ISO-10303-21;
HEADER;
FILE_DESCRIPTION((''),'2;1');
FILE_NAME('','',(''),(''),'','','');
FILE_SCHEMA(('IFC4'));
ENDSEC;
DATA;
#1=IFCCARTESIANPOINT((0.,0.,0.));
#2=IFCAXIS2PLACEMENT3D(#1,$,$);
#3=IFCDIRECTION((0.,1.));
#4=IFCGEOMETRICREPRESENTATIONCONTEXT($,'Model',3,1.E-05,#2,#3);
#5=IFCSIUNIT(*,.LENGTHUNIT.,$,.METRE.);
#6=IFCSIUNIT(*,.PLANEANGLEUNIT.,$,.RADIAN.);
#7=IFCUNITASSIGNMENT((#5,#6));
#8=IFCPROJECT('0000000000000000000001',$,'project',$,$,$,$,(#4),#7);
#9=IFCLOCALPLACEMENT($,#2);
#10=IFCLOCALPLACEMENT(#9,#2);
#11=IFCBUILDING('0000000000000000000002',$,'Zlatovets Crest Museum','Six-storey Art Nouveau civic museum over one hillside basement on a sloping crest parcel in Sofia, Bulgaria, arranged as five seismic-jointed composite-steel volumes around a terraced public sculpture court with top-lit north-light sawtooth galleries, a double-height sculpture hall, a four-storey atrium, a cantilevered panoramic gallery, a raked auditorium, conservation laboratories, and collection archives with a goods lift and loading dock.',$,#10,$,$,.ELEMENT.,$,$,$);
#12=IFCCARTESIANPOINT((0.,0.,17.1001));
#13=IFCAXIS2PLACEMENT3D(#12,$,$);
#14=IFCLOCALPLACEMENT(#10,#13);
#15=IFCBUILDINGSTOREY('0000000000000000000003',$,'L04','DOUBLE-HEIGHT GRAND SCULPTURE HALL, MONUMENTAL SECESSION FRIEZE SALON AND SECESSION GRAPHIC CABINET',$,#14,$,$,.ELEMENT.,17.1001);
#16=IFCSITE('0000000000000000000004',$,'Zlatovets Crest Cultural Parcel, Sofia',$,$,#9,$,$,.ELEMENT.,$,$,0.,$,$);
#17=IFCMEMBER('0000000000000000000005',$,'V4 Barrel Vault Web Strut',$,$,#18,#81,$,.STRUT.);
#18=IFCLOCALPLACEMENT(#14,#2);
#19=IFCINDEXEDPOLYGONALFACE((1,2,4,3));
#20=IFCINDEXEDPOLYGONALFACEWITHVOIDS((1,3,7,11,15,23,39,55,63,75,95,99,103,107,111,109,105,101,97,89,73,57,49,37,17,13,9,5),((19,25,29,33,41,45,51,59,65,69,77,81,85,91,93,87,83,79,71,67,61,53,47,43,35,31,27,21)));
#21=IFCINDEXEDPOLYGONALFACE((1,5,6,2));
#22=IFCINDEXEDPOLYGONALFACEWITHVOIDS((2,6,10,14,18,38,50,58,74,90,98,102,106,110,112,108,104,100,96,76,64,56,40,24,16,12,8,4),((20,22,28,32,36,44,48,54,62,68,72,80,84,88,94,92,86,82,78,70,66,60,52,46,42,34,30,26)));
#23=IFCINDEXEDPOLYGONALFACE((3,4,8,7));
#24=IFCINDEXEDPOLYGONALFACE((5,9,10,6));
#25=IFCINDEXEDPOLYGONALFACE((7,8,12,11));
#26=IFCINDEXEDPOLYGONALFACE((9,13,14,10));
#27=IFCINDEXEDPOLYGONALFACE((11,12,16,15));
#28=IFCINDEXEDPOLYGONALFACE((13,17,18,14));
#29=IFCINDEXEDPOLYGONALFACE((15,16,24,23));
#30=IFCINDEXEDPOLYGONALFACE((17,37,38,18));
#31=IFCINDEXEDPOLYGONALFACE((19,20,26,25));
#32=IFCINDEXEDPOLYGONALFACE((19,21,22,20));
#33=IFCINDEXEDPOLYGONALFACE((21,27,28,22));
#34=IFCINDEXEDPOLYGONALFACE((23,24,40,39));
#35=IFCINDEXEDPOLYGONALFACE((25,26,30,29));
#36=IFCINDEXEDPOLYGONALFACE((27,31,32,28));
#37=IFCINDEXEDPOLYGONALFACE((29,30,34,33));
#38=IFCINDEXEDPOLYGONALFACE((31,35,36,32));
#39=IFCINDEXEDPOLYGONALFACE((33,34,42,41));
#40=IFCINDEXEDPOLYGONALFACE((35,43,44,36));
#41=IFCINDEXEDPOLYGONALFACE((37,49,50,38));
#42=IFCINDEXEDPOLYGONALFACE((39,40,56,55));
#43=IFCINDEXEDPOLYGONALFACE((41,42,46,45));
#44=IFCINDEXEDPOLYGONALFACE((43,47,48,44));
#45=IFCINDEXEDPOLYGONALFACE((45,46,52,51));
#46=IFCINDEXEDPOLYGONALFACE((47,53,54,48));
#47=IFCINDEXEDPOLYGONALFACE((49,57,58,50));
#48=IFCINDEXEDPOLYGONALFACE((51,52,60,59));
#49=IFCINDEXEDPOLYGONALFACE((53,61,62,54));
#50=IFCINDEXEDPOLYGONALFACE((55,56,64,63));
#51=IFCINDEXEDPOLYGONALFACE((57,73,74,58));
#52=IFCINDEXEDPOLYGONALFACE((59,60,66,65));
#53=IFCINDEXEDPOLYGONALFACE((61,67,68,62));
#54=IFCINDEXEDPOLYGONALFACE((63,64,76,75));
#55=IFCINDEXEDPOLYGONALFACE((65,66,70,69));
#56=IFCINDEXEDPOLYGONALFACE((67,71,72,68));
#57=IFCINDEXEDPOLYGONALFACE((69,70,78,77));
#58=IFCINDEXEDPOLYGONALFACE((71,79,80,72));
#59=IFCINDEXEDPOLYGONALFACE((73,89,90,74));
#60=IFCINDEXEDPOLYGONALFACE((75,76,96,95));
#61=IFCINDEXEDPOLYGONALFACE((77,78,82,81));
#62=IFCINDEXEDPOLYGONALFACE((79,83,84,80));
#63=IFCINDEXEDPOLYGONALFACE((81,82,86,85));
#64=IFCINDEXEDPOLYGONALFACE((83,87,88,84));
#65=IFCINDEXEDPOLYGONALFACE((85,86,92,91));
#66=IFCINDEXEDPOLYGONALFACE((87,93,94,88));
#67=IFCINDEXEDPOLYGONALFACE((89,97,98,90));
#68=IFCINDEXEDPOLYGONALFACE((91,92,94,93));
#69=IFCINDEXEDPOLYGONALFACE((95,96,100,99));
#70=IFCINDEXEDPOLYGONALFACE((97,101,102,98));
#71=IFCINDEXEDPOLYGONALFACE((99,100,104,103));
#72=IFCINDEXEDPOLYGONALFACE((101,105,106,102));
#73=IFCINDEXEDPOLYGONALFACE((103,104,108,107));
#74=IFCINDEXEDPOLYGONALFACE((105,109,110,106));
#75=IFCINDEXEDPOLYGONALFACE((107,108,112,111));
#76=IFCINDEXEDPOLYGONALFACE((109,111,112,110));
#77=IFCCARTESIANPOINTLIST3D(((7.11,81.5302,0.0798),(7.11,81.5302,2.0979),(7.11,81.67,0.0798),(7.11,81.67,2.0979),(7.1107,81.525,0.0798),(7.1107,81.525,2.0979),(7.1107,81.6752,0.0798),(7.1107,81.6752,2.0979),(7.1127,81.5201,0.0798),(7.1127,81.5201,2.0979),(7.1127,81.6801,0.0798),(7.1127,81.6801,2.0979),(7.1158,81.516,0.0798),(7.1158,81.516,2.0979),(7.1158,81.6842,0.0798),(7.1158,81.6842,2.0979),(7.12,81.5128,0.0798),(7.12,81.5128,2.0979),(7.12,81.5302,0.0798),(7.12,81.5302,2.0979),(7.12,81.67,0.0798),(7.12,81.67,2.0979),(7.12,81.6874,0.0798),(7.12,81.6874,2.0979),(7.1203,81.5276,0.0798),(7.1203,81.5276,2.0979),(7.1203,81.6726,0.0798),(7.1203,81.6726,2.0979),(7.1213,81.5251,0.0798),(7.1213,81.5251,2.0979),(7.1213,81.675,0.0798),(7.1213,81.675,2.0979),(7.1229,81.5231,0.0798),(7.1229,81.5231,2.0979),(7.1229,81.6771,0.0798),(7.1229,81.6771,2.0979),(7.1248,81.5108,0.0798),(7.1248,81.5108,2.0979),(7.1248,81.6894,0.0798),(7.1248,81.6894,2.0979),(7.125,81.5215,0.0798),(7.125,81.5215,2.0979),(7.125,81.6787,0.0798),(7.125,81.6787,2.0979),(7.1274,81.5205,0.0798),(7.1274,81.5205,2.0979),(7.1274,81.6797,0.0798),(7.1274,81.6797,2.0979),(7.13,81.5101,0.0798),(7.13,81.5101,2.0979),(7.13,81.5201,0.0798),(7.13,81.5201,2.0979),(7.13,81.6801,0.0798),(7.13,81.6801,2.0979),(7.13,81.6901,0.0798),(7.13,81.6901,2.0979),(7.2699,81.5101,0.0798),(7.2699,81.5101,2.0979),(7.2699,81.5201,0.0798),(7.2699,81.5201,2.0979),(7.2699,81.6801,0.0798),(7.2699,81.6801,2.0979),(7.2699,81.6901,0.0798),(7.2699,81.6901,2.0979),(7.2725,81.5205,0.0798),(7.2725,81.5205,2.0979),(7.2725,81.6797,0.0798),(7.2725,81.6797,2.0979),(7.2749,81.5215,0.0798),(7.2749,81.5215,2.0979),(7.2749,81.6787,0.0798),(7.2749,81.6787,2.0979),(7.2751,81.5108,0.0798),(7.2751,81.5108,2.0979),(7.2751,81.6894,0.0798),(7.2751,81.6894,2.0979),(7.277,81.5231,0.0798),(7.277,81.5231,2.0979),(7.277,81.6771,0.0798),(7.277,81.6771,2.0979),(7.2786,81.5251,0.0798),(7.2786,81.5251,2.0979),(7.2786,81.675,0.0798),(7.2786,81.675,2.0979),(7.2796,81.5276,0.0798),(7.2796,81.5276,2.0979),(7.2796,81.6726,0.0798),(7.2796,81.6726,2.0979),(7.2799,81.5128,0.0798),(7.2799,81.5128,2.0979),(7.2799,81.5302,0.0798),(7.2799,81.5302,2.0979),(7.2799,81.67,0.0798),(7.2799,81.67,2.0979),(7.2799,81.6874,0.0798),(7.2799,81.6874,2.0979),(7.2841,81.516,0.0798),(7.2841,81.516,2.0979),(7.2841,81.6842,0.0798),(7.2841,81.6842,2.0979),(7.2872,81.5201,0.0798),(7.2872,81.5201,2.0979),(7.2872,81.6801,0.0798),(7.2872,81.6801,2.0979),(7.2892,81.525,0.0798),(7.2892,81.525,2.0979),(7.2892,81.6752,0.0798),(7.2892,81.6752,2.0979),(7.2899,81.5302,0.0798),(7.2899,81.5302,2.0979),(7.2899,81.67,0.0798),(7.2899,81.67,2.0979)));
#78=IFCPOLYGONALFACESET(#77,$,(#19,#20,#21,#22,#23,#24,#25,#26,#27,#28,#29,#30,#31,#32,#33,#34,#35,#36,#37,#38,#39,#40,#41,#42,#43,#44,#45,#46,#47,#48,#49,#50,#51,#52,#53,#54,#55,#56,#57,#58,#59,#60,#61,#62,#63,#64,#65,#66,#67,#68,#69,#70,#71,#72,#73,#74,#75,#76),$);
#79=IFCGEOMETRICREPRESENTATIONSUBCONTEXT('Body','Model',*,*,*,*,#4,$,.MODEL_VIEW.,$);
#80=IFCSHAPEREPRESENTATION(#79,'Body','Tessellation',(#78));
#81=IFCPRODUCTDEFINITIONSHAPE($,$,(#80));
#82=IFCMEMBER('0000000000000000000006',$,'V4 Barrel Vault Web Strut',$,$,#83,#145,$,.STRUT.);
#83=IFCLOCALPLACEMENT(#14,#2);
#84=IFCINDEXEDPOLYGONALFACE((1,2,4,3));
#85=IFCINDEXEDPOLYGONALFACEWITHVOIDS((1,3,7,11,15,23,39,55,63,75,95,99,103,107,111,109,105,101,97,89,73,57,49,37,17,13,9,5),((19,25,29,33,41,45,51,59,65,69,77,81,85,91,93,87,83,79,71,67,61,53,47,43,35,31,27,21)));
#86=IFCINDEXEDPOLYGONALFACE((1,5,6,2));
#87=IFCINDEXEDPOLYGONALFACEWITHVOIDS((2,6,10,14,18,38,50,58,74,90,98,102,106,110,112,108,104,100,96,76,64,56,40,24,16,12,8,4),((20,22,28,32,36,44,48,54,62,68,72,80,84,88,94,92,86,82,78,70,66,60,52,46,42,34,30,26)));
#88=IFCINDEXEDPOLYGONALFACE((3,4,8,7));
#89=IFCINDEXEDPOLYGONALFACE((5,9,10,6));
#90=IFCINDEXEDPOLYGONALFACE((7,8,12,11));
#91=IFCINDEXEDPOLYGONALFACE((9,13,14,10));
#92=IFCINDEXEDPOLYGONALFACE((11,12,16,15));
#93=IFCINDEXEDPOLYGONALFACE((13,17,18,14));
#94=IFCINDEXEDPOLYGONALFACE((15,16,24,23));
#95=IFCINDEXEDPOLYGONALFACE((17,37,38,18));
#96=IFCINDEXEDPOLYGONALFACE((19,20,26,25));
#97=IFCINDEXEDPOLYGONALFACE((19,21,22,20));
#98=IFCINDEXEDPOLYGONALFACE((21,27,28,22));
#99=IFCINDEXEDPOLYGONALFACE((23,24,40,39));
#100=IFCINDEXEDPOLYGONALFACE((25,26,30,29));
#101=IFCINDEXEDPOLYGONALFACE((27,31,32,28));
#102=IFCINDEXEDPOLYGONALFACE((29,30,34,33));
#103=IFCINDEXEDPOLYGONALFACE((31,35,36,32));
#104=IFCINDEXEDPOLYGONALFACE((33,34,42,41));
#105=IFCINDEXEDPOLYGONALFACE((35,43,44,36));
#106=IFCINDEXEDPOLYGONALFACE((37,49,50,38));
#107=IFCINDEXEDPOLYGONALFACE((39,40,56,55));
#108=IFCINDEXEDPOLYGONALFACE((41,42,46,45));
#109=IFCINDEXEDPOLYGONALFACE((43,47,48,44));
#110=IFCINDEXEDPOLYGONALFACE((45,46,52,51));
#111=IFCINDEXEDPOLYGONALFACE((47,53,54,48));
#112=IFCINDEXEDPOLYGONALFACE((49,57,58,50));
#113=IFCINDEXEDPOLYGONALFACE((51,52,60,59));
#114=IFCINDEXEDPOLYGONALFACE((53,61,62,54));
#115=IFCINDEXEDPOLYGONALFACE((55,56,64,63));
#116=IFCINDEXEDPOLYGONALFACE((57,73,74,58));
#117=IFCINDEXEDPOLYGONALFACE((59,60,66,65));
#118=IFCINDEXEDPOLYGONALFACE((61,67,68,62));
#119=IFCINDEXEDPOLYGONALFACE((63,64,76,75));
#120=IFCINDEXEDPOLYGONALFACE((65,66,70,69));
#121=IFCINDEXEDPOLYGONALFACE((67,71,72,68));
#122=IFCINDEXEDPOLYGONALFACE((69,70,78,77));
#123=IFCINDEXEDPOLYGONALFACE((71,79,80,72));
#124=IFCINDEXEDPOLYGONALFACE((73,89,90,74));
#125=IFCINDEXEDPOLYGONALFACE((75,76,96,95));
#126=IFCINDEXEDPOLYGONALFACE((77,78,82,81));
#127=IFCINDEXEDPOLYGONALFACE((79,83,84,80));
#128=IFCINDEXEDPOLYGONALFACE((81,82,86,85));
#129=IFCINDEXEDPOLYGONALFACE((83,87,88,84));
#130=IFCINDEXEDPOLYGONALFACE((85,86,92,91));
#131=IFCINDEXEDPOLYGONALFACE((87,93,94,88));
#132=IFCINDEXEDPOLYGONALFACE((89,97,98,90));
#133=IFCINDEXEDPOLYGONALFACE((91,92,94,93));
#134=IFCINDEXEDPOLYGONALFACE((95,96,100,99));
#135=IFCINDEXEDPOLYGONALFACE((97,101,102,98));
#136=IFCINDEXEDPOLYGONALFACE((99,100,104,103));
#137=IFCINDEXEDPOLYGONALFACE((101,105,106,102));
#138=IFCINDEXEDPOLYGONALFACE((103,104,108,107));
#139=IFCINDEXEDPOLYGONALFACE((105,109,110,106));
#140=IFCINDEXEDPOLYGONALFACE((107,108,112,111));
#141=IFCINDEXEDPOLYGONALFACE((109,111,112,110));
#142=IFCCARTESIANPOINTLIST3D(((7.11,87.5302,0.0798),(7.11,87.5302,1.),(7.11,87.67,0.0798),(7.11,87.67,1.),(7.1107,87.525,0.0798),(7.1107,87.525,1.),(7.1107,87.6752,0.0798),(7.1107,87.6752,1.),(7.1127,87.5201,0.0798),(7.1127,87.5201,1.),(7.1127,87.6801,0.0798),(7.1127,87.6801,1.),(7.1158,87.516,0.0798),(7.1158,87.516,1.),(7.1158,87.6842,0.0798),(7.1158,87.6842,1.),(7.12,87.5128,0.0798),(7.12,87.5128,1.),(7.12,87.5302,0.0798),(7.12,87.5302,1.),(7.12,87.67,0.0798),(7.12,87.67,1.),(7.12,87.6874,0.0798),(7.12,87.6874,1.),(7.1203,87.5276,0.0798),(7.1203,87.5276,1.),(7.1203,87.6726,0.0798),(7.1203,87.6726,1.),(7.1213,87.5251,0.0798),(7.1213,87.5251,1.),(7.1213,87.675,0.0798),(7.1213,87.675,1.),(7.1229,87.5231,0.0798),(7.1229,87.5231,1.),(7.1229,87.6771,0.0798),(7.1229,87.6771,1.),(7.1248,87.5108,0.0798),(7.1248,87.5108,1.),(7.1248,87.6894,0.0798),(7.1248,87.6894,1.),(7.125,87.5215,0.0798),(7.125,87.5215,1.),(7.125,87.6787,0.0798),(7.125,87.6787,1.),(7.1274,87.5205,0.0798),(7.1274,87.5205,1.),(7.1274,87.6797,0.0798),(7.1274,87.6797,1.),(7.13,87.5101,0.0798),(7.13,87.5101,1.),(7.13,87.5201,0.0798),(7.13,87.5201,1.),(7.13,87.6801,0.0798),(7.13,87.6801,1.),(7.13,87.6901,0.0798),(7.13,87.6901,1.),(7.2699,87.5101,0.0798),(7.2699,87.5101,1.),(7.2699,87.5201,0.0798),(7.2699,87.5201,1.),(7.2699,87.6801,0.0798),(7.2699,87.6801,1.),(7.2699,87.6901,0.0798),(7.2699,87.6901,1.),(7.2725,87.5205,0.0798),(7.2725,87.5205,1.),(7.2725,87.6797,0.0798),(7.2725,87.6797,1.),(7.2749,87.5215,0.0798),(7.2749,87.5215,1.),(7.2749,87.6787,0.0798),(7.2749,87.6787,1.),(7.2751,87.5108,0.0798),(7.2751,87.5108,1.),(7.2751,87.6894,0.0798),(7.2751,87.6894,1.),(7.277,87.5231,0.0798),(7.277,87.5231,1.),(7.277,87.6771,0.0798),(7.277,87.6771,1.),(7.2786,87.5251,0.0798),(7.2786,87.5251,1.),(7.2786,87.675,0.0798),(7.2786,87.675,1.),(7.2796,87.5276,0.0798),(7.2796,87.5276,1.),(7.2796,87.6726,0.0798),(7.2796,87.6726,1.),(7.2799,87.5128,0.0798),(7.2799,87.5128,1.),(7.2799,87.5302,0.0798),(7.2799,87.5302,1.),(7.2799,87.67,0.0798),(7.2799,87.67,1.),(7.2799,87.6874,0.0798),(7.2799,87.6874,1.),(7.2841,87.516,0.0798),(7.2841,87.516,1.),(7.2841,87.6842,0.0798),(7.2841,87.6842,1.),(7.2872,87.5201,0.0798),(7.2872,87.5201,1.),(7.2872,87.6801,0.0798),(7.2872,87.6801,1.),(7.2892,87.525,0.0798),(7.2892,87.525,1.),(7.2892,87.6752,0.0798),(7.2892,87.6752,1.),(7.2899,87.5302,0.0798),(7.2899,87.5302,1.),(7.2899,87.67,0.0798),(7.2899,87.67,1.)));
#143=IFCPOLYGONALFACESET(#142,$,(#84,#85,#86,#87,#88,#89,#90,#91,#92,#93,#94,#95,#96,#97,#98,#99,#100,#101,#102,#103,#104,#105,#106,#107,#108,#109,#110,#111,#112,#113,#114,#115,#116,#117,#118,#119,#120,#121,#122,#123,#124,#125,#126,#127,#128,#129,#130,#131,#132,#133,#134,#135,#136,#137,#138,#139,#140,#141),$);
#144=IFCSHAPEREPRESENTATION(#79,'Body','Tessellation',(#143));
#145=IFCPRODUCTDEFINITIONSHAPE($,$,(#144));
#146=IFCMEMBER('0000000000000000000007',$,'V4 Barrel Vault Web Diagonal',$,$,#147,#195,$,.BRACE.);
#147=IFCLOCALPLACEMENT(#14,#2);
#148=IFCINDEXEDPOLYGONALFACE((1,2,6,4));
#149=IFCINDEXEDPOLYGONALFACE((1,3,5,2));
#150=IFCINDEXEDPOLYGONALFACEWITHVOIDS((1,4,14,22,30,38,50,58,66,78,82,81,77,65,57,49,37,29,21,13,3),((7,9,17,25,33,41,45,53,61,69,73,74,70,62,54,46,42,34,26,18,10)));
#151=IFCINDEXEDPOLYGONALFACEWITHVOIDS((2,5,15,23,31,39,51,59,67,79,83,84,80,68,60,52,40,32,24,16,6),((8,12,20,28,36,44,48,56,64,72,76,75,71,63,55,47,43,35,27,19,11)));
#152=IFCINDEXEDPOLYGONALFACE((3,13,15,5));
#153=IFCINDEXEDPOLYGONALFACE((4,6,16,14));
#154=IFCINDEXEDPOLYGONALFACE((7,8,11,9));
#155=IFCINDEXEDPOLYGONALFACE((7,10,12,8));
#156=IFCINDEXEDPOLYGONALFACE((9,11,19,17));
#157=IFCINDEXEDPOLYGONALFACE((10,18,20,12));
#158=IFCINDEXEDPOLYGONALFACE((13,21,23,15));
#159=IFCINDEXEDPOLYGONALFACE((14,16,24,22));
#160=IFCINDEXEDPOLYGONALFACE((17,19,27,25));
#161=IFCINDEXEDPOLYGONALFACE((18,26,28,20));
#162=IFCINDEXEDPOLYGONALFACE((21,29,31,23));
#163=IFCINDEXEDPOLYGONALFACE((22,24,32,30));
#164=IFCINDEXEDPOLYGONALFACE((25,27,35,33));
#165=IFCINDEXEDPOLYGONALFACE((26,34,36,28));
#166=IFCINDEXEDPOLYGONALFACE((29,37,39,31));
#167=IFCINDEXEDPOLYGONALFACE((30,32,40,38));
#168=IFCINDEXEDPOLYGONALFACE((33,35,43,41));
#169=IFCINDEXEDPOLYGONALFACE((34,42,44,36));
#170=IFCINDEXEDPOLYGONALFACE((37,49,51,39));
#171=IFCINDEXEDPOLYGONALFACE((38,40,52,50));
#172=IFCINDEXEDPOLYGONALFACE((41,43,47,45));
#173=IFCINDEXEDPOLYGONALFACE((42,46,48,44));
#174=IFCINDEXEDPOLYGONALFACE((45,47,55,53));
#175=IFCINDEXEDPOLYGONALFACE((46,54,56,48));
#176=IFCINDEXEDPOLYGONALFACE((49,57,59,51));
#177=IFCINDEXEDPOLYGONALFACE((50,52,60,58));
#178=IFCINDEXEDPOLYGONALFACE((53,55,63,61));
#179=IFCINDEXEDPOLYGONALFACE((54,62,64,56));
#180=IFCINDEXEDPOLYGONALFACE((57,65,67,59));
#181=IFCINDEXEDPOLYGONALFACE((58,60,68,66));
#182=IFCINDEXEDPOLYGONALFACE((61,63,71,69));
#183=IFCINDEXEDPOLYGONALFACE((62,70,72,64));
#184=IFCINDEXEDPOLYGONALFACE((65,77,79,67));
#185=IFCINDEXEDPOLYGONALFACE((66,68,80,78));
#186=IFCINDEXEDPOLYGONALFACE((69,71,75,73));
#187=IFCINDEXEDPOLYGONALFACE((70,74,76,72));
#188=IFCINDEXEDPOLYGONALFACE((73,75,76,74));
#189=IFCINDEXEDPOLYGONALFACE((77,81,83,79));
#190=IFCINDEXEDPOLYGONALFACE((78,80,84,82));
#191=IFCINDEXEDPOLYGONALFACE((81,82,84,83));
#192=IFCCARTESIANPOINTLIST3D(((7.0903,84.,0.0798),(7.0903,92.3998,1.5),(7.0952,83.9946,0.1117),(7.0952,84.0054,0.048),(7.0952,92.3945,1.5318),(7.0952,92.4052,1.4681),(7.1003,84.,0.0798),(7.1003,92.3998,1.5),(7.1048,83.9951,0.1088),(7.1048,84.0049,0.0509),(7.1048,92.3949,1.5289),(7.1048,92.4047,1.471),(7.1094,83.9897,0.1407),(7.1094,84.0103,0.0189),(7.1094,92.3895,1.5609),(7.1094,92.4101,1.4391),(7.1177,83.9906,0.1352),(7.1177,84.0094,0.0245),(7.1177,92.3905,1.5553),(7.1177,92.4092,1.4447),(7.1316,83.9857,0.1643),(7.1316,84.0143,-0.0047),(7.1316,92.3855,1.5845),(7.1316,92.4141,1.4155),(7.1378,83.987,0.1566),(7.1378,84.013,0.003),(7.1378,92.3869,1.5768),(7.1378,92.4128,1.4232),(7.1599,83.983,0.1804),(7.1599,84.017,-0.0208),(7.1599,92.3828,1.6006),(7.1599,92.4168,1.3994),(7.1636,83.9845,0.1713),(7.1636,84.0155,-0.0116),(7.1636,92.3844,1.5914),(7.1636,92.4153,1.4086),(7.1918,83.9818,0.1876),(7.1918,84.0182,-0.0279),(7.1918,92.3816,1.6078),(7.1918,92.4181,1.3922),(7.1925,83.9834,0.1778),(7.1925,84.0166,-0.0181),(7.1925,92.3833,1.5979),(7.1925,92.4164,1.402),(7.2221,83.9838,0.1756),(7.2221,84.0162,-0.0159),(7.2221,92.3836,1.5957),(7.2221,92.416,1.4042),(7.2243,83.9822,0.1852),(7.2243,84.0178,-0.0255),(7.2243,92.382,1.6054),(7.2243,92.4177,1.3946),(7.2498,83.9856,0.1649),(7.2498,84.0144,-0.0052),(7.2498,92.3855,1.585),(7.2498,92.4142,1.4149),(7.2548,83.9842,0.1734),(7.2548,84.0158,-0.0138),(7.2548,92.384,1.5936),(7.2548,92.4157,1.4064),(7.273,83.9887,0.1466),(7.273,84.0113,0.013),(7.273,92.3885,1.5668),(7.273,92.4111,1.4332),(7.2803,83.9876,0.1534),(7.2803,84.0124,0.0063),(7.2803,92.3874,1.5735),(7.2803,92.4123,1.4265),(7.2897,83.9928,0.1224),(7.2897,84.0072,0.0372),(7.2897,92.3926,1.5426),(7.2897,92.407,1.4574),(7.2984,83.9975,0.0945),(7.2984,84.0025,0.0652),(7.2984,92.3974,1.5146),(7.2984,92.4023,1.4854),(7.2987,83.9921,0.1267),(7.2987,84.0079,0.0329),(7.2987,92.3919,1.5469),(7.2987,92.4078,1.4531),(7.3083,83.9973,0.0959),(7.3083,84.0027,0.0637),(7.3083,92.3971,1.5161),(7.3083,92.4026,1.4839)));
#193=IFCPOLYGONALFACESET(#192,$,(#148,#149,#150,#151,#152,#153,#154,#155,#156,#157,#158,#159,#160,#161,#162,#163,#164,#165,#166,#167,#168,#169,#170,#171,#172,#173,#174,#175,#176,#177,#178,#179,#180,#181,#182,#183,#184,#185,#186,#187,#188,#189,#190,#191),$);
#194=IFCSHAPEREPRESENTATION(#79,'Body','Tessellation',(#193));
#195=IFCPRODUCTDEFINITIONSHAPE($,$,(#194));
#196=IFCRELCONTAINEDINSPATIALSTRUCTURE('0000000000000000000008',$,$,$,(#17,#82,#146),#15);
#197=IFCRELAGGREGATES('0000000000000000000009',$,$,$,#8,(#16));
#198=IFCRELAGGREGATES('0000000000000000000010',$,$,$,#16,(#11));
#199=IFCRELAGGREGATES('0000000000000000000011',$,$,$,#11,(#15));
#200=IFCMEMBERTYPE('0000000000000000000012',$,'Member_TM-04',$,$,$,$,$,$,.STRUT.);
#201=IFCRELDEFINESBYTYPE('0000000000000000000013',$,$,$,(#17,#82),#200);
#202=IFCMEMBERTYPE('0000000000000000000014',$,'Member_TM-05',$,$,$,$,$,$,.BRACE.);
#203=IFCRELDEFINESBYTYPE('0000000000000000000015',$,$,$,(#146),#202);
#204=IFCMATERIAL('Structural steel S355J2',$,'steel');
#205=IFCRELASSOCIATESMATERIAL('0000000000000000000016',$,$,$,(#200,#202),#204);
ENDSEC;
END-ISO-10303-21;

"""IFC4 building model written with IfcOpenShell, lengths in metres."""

from ifc_helpers import new_model, si_unit, direction, frame, origin, origin_2d, place, context, subcontext, project, spatial, hollow_rectangle, hollow_circle, extrude, material, material_profile, profile_set, type_object, element, save


model = new_model("IFC4")

# Units and contexts
model_context = context("Model", 3, precision=1e-05, world=origin(), true_north=direction((0.0, 1.0)))
body_context = subcontext(model_context, "Body", "Model", "MODEL_VIEW")
ifc_project = project(units=[si_unit("LENGTHUNIT", "METRE"), si_unit("PLANEANGLEUNIT", "RADIAN")], contexts=[model_context])

# Site, building, storey
site_placement = place(None, origin())
site = spatial("IfcSite", under=ifc_project, at=site_placement, Name="Zlatovets Crest Cultural Parcel, Sofia", CompositionType="ELEMENT", RefElevation=0.0)
building_placement = place(site_placement, origin())
building = spatial("IfcBuilding", under=site, at=building_placement, Name="Zlatovets Crest Museum", Description="Six-storey Art Nouveau civic museum over one hillside basement on a sloping crest parcel in Sofia, Bulgaria, arranged as five seismic-jointed composite-steel volumes around a terraced public sculpture court with top-lit north-light sawtooth galleries, a double-height sculpture hall, a four-storey atrium, a cantilevered panoramic gallery, a raked auditorium, conservation laboratories, and collection archives with a goods lift and loading dock.", CompositionType="ELEMENT")
storey_placement = place(building_placement, frame((0.0, 0.0, 17.1001)))
storey = spatial("IfcBuildingStorey", under=building, at=storey_placement, Name="L04", Description="DOUBLE-HEIGHT GRAND SCULPTURE HALL, MONUMENTAL SECESSION FRIEZE SALON AND SECESSION GRAPHIC CABINET", CompositionType="ELEMENT", Elevation=17.1001)

# Shared definitions
ifc_material_1 = material(Name="Structural steel S355J2", Category="steel")

# Members
ifc_material_profile_1 = material_profile(ifc_material_1, hollow_rectangle(XDim=0.1799, YDim=0.1799, WallThickness=0.01, InnerFilletRadius=0.01, OuterFilletRadius=0.02, at=origin_2d()), Name="SHS 180x180x10.0")
ifc_profile_set_1 = profile_set([ifc_material_profile_1], Name="Structural steel S355J2")
member_type_1 = type_object("IfcMemberType", Name="Member_TM-04", PredefinedType="STRUT", material=ifc_profile_set_1)
member_1_placement = place(storey_placement, frame((7.2, 81.6001, 0.0798), z_axis=(0.0, 0.0, 1.0), x_axis=(1.0, 0.0, 0.0)))
element("IfcMember", 1, at=member_1_placement, inside=storey, type_object=member_type_1, Name="V4 Barrel Vault Web Strut", PredefinedType="STRUT", context=body_context, shape_type="SweptSolid", body=[
    extrude(hollow_rectangle(XDim=0.1799, YDim=0.1799, WallThickness=0.01, InnerFilletRadius=0.01, OuterFilletRadius=0.02, at=origin_2d()), origin(), (0.0, 0.0, 1.0), 2.0181),
])
member_2_placement = place(storey_placement, frame((7.2, 87.6001, 0.0798), z_axis=(0.0, 0.0, 1.0), x_axis=(1.0, 0.0, 0.0)))
element("IfcMember", 2, at=member_2_placement, inside=storey, type_object=member_type_1, Name="V4 Barrel Vault Web Strut", PredefinedType="STRUT", context=body_context, shape_type="SweptSolid", body=[
    extrude(hollow_rectangle(XDim=0.1799, YDim=0.1799, WallThickness=0.01, InnerFilletRadius=0.01, OuterFilletRadius=0.02, at=origin_2d()), origin(), (0.0, 0.0, 1.0), 0.9202),
])
ifc_material_profile_2 = material_profile(ifc_material_1, hollow_circle(Radius=0.1096, WallThickness=0.01, at=origin_2d()), Name="CHS 219.1x10.0")
ifc_profile_set_2 = profile_set([ifc_material_profile_2], Name="Structural steel S355J2")
member_type_2 = type_object("IfcMemberType", Name="Member_TM-05", PredefinedType="BRACE", material=ifc_profile_set_2)
member_3_placement = place(storey_placement, frame((7.2, 84.0, 0.0798), z_axis=(0.0, 0.986007, 0.166704), x_axis=(-1.0, 0.0, 0.0)))
element("IfcMember", 3, at=member_3_placement, inside=storey, type_object=member_type_2, Name="V4 Barrel Vault Web Diagonal", PredefinedType="BRACE", context=body_context, shape_type="SweptSolid", body=[
    extrude(hollow_circle(Radius=0.1096, WallThickness=0.01, at=origin_2d()), origin(), (0.0, 0.0, 1.0), 8.519),
])

save(model, "model.ifc")
